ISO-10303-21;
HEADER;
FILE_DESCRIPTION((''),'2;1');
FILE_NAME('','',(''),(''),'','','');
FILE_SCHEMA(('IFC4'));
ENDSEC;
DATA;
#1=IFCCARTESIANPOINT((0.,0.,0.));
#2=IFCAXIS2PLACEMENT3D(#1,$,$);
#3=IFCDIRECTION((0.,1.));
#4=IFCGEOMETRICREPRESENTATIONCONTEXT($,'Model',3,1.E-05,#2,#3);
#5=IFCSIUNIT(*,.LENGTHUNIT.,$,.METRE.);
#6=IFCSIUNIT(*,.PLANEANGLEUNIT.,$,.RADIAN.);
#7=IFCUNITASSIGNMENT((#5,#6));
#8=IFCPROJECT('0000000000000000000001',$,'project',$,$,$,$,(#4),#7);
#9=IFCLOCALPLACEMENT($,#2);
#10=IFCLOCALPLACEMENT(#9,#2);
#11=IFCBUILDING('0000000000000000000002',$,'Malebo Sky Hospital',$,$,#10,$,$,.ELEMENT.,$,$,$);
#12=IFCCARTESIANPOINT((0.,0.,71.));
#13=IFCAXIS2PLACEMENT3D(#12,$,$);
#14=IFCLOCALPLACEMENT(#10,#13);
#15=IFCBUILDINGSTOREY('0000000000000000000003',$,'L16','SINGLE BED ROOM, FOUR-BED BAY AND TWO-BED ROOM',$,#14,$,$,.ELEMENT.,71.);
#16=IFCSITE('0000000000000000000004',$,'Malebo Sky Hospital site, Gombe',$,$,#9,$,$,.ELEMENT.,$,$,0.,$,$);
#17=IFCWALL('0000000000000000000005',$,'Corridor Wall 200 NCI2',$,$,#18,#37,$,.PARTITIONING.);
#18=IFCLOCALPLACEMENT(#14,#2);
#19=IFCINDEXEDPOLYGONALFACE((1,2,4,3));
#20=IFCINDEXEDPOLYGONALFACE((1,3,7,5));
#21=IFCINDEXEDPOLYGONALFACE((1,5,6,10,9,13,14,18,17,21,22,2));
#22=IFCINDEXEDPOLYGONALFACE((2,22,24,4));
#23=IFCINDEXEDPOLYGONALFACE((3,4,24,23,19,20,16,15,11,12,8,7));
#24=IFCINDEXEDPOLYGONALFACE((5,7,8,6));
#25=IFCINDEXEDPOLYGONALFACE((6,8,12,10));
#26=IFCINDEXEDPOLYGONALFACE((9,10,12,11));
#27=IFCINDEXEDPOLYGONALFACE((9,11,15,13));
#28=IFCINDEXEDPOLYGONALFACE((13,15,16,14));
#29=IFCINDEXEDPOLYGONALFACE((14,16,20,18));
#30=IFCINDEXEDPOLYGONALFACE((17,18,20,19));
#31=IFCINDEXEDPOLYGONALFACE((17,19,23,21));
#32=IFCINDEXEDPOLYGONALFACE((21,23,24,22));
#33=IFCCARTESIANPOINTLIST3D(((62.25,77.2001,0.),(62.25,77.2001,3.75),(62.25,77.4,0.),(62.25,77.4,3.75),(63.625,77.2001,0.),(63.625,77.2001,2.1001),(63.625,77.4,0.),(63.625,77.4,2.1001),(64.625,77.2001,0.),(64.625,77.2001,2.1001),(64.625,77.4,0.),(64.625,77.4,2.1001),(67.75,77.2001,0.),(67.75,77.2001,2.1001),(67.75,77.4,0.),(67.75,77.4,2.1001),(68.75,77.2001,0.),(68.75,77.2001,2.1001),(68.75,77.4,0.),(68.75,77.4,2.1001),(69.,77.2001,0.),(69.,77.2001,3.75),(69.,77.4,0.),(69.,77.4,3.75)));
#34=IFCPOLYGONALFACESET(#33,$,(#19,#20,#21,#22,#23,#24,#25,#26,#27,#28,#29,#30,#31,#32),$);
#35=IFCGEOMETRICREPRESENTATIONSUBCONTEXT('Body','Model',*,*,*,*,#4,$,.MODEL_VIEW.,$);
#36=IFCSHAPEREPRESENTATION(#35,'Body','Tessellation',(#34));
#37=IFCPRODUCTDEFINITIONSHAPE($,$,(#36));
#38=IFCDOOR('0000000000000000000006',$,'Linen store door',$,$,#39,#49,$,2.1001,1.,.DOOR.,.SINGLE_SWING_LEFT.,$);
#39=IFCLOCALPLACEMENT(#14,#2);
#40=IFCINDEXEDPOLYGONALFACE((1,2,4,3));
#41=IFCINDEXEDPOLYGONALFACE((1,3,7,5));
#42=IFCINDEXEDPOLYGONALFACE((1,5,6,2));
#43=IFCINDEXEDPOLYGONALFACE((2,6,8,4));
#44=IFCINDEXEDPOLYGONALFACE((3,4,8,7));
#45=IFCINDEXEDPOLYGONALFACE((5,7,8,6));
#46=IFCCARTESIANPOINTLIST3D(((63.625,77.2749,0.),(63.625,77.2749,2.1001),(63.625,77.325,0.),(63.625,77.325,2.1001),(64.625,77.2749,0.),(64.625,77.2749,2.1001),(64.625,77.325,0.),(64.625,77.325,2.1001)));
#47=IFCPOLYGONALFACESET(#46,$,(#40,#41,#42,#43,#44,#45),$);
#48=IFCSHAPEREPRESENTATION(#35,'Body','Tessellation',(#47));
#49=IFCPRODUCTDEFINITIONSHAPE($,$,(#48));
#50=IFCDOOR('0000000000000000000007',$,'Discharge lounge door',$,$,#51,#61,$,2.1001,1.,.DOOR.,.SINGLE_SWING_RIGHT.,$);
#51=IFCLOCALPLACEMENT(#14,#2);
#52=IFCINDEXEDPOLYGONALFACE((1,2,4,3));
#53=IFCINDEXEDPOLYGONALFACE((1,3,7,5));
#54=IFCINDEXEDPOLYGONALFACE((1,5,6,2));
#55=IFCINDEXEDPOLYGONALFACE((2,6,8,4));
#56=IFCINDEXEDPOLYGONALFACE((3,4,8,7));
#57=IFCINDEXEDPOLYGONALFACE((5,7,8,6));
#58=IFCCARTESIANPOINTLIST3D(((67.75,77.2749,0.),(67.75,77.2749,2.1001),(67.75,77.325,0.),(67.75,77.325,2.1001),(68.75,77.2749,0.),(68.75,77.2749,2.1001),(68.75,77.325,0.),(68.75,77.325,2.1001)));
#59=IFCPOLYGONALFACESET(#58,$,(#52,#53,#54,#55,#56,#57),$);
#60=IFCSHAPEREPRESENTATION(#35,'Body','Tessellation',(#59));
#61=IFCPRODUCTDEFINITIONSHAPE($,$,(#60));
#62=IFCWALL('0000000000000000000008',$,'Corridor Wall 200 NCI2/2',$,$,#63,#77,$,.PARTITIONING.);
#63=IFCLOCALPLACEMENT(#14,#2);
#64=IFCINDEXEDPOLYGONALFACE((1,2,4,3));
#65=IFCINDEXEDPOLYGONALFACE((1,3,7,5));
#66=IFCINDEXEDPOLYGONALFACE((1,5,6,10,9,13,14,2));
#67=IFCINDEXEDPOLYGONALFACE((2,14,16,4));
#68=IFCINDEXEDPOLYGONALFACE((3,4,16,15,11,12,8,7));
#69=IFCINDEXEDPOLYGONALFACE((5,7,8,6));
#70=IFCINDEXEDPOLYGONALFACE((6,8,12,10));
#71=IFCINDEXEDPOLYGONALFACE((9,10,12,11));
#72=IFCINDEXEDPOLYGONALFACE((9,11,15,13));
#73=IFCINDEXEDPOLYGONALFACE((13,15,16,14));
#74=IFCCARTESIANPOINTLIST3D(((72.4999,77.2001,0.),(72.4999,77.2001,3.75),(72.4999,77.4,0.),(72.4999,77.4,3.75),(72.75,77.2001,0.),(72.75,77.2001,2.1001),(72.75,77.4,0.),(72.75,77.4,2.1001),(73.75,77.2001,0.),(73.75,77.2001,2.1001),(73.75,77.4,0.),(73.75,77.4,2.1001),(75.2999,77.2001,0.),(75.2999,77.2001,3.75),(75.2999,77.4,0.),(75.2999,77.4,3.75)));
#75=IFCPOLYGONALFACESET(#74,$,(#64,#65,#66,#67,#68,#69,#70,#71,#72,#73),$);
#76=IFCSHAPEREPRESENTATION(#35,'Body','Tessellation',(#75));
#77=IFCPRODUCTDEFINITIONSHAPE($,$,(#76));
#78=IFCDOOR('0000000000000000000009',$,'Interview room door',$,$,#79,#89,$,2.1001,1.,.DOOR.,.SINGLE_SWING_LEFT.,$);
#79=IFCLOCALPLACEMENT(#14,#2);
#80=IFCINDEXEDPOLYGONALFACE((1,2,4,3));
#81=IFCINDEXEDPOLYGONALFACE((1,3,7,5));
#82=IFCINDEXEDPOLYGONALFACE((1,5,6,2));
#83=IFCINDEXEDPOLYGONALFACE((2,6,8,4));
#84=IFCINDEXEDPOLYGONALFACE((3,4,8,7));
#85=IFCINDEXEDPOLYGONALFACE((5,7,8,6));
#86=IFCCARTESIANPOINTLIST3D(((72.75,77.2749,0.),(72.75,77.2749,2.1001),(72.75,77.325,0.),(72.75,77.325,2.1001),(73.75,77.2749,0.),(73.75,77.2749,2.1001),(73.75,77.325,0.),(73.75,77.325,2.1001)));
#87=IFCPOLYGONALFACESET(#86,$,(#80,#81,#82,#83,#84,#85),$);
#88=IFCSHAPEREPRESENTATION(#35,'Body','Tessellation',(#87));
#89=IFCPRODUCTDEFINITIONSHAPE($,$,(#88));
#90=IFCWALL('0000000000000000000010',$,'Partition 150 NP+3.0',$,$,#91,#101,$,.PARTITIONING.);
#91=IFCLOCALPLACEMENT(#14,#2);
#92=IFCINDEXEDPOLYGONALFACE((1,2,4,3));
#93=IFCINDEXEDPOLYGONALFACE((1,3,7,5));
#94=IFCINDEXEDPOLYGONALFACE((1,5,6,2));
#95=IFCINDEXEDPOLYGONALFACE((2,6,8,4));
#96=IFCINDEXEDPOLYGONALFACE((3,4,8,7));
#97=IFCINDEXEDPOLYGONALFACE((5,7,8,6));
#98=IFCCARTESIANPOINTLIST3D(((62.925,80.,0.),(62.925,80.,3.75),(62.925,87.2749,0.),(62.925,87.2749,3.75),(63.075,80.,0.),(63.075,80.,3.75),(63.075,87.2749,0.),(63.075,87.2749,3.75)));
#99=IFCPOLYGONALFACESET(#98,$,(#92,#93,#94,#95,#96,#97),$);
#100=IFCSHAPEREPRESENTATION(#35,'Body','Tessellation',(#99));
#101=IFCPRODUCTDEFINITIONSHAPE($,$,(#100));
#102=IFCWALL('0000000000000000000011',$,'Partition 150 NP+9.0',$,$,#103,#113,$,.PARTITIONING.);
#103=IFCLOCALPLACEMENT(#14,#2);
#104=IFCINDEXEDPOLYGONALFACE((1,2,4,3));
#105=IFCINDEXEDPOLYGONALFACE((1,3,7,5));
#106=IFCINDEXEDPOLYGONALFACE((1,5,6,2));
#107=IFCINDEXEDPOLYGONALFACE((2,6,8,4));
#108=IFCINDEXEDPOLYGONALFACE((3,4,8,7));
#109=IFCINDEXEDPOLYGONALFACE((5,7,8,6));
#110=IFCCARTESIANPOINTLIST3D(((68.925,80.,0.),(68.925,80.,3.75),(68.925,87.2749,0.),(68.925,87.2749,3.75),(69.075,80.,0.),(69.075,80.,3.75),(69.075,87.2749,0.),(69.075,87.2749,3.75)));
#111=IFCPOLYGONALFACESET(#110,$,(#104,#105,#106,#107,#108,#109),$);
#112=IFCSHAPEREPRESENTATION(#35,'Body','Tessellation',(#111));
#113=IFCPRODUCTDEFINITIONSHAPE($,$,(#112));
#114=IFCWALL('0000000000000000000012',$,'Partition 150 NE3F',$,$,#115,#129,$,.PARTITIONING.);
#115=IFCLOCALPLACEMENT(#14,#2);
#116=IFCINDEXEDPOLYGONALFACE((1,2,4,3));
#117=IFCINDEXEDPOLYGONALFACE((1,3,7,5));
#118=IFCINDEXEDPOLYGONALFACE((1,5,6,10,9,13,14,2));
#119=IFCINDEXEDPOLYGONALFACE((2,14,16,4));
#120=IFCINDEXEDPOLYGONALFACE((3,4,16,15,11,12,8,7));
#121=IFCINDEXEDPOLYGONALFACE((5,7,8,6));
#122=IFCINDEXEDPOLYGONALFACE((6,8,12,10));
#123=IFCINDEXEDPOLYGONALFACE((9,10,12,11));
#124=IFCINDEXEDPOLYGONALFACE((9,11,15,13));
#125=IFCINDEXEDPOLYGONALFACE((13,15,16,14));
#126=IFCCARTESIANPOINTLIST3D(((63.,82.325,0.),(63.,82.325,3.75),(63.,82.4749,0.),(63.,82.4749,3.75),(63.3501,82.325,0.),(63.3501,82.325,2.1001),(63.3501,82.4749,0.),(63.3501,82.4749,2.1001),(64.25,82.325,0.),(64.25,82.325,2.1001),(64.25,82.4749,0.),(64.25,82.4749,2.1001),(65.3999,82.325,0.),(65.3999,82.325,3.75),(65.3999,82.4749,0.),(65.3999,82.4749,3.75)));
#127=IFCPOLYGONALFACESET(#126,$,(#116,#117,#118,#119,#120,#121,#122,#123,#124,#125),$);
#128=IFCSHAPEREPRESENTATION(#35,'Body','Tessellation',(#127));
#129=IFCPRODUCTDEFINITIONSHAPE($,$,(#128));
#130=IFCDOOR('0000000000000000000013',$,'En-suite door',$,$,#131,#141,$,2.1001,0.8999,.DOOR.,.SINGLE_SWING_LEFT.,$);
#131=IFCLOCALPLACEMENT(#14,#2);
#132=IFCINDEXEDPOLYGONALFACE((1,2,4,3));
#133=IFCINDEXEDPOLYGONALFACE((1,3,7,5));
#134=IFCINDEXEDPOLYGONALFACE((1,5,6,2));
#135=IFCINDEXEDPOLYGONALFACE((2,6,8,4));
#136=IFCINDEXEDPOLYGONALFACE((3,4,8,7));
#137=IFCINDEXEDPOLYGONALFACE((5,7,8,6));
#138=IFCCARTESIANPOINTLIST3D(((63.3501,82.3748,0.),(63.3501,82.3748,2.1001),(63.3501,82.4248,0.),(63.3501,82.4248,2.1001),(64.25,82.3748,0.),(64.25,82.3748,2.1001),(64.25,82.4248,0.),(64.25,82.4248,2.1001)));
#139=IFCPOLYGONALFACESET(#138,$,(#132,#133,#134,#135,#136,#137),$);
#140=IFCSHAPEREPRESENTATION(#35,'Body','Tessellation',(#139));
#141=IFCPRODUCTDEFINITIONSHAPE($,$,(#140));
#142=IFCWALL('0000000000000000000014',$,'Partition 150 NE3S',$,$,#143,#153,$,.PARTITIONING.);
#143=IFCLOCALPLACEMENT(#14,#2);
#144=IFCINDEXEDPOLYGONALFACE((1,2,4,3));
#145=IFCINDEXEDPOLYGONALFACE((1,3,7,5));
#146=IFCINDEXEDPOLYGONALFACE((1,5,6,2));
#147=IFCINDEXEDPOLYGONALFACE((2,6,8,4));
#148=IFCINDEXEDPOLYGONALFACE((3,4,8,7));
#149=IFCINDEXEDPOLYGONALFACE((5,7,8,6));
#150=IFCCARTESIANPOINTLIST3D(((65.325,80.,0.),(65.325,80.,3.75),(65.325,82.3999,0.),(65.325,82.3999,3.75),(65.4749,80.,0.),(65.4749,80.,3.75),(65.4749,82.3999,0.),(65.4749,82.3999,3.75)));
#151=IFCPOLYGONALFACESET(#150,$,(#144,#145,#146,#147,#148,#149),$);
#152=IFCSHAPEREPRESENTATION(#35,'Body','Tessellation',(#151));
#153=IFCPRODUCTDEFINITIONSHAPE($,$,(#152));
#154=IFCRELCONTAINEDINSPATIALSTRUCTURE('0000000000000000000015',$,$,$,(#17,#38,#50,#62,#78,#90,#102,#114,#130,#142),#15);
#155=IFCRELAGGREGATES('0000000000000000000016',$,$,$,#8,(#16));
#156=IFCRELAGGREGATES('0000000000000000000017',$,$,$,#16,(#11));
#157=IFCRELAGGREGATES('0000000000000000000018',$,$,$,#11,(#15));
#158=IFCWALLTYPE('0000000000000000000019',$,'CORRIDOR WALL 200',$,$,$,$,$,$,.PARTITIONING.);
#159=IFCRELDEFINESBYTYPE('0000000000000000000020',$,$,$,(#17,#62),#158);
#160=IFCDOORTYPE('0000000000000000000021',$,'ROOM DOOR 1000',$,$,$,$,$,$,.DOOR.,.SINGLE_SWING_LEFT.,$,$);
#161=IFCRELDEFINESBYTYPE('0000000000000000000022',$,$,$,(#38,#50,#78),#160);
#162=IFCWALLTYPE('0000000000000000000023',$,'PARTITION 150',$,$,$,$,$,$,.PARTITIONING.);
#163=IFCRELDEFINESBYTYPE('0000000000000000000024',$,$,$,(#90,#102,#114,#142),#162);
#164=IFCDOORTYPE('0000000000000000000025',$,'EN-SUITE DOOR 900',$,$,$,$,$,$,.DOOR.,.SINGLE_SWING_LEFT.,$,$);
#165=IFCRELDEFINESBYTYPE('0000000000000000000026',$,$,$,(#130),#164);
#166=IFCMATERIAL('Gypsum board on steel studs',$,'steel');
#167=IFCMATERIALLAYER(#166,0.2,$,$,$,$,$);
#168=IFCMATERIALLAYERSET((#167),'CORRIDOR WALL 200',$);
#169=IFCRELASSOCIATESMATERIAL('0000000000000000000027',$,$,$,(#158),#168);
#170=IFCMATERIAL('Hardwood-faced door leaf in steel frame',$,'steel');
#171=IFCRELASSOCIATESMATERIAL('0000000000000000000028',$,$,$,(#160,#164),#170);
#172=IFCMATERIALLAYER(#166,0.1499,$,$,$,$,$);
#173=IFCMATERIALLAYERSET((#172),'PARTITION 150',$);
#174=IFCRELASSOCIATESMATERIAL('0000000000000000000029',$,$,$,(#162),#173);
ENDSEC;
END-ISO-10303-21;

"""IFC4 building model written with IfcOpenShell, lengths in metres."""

from ifc_helpers import new_model, si_unit, direction, frame, frame_2d, origin, place, context, subcontext, project, spatial, rectangle, extrude, material, layer, layer_set, type_object, element, fill, save


model = new_model("IFC4")

# Units and contexts
model_context = context("Model", 3, precision=1e-05, world=origin(), true_north=direction((0.0, 1.0)))
body_context = subcontext(model_context, "Body", "Model", "MODEL_VIEW")
ifc_project = project(units=[si_unit("LENGTHUNIT", "METRE"), si_unit("PLANEANGLEUNIT", "RADIAN")], contexts=[model_context])

# Site, building, storey
site_placement = place(None, origin())
site = spatial("IfcSite", under=ifc_project, at=site_placement, Name="Malebo Sky Hospital site, Gombe", CompositionType="ELEMENT", RefElevation=0.0)
building_placement = place(site_placement, origin())
building = spatial("IfcBuilding", under=site, at=building_placement, Name="Malebo Sky Hospital", CompositionType="ELEMENT")
storey_placement = place(building_placement, frame((0.0, 0.0, 71.0)))
storey = spatial("IfcBuildingStorey", under=building, at=storey_placement, Name="L16", Description="SINGLE BED ROOM, FOUR-BED BAY AND TWO-BED ROOM", CompositionType="ELEMENT", Elevation=71.0)

# Wall, openings, doors
ifc_material_1 = material(Name="Gypsum board on steel studs", Category="steel")
ifc_layer_1 = layer(ifc_material_1, 0.2)
ifc_layer_set_1 = layer_set([ifc_layer_1], Name="CORRIDOR WALL 200")
wall_type_1 = type_object("IfcWallType", Name="CORRIDOR WALL 200", PredefinedType="PARTITIONING", material=ifc_layer_set_1)
wall_1_placement = place(storey_placement, frame((62.25, 77.3, 0.0), z_axis=(0.0, 0.0, 1.0), x_axis=(1.0, 0.0, 0.0)))
wall_1 = element("IfcWall", 1, at=wall_1_placement, inside=storey, type_object=wall_type_1, Name="Corridor Wall 200 NCI2", PredefinedType="PARTITIONING", context=body_context, shape_type="SweptSolid", body=[
    extrude(rectangle(XDim=6.75, YDim=0.2, at=frame_2d((3.375, 0.0))), origin(), (0.0, 0.0, 1.0), 3.75),
])
opening_1_placement = place(wall_1_placement, frame((1.375, 0.0, 0.0)))
opening_1 = element("IfcOpeningElement", 2, at=opening_1_placement, cuts=wall_1, PredefinedType="OPENING", context=body_context, shape_type="SweptSolid", body=[
    extrude(rectangle(XDim=1.0, YDim=2.1001, at=frame_2d((0.5, 1.05))), frame((0.0, 0.1099, 0.0), z_axis=(0.0, -1.0, 0.0), x_axis=(1.0, 0.0, 0.0)), (0.0, 0.0, 1.0), 0.22),
])
opening_2_placement = place(wall_1_placement, frame((5.5, 0.0, 0.0)))
opening_2 = element("IfcOpeningElement", 3, at=opening_2_placement, cuts=wall_1, PredefinedType="OPENING", context=body_context, shape_type="SweptSolid", body=[
    extrude(rectangle(XDim=1.0, YDim=2.1001, at=frame_2d((0.5, 1.05))), frame((0.0, 0.1099, 0.0), z_axis=(0.0, -1.0, 0.0), x_axis=(1.0, 0.0, 0.0)), (0.0, 0.0, 1.0), 0.22),
])
ifc_material_2 = material(Name="Hardwood-faced door leaf in steel frame", Category="steel")
door_type_1 = type_object("IfcDoorType", Name="ROOM DOOR 1000", OperationType="SINGLE_SWING_LEFT", PredefinedType="DOOR", material=ifc_material_2)
door_1_placement = place(opening_1_placement, origin())
door_1 = element("IfcDoor", 4, at=door_1_placement, inside=storey, type_object=door_type_1, Name="Linen store door", OperationType="SINGLE_SWING_LEFT", OverallHeight=2.1001, OverallWidth=1.0, PredefinedType="DOOR", context=body_context, shape_type="SweptSolid", body=[
    extrude(rectangle(XDim=1.0, YDim=2.1001, at=frame_2d((0.5, 1.05))), frame((0.0, 0.0249, 0.0), z_axis=(0.0, -1.0, 0.0), x_axis=(1.0, 0.0, 0.0)), (0.0, 0.0, 1.0), 0.05),
])
fill(opening_1, door_1)
door_2_placement = place(opening_2_placement, origin())
door_2 = element("IfcDoor", 5, at=door_2_placement, inside=storey, type_object=door_type_1, Name="Discharge lounge door", OperationType="SINGLE_SWING_RIGHT", OverallHeight=2.1001, OverallWidth=1.0, PredefinedType="DOOR", context=body_context, shape_type="SweptSolid", body=[
    extrude(rectangle(XDim=1.0, YDim=2.1001, at=frame_2d((0.5, 1.05))), frame((0.0, 0.0249, 0.0), z_axis=(0.0, -1.0, 0.0), x_axis=(1.0, 0.0, 0.0)), (0.0, 0.0, 1.0), 0.05),
])
fill(opening_2, door_2)

# Wall, opening, door
wall_2_placement = place(storey_placement, frame((72.5, 77.3, 0.0), z_axis=(0.0, 0.0, 1.0), x_axis=(1.0, 0.0, 0.0)))
wall_2 = element("IfcWall", 6, at=wall_2_placement, inside=storey, type_object=wall_type_1, Name="Corridor Wall 200 NCI2/2", PredefinedType="PARTITIONING", context=body_context, shape_type="SweptSolid", body=[
    extrude(rectangle(XDim=2.8, YDim=0.2, at=frame_2d((1.3999, 0.0))), origin(), (0.0, 0.0, 1.0), 3.75),
])
opening_3_placement = place(wall_2_placement, frame((0.25, 0.0, 0.0)))
opening_3 = element("IfcOpeningElement", 7, at=opening_3_placement, cuts=wall_2, PredefinedType="OPENING", context=body_context, shape_type="SweptSolid", body=[
    extrude(rectangle(XDim=1.0, YDim=2.1001, at=frame_2d((0.5, 1.05))), frame((0.0, 0.1099, 0.0), z_axis=(0.0, -1.0, 0.0), x_axis=(1.0, 0.0, 0.0)), (0.0, 0.0, 1.0), 0.22),
])
door_3_placement = place(opening_3_placement, origin())
door_3 = element("IfcDoor", 8, at=door_3_placement, inside=storey, type_object=door_type_1, Name="Interview room door", OperationType="SINGLE_SWING_LEFT", OverallHeight=2.1001, OverallWidth=1.0, PredefinedType="DOOR", context=body_context, shape_type="SweptSolid", body=[
    extrude(rectangle(XDim=1.0, YDim=2.1001, at=frame_2d((0.5, 1.05))), frame((0.0, 0.0249, 0.0), z_axis=(0.0, -1.0, 0.0), x_axis=(1.0, 0.0, 0.0)), (0.0, 0.0, 1.0), 0.05),
])
fill(opening_3, door_3)

# Walls
ifc_layer_2 = layer(ifc_material_1, 0.1499)
ifc_layer_set_2 = layer_set([ifc_layer_2], Name="PARTITION 150")
wall_type_2 = type_object("IfcWallType", Name="PARTITION 150", PredefinedType="PARTITIONING", material=ifc_layer_set_2)
for number, where, z_axis, x_axis, name in (
    (9, (63.0, 80.0, 0.0), (0.0, 0.0, 1.0), (0.0, 1.0, 0.0), "Partition 150 NP+3.0"),
    (10, (69.0, 80.0, 0.0), (0.0, 0.0, 1.0), (0.0, 1.0, 0.0), "Partition 150 NP+9.0"),
):
    element("IfcWall", number, at=place(storey_placement, frame(where, z_axis=z_axis, x_axis=x_axis)), inside=storey, type_object=wall_type_2, Name=name, PredefinedType="PARTITIONING", context=body_context, shape_type="SweptSolid", body=[
        extrude(rectangle(XDim=7.2749, YDim=0.1499, at=frame_2d((3.6375, 0.0))), origin(), (0.0, 0.0, 1.0), 3.75),
    ])

# Wall, opening, door
wall_3_placement = place(storey_placement, frame((63.0, 82.3999, 0.0), z_axis=(0.0, 0.0, 1.0), x_axis=(1.0, 0.0, 0.0)))
wall_3 = element("IfcWall", 11, at=wall_3_placement, inside=storey, type_object=wall_type_2, Name="Partition 150 NE3F", PredefinedType="PARTITIONING", context=body_context, shape_type="SweptSolid", body=[
    extrude(rectangle(XDim=2.3999, YDim=0.1499, at=frame_2d((1.2, 0.0))), origin(), (0.0, 0.0, 1.0), 3.75),
])
opening_4_placement = place(wall_3_placement, frame((0.3501, 0.0, 0.0)))
opening_4 = element("IfcOpeningElement", 12, at=opening_4_placement, cuts=wall_3, PredefinedType="OPENING", context=body_context, shape_type="SweptSolid", body=[
    extrude(rectangle(XDim=0.8999, YDim=2.1001, at=frame_2d((0.45, 1.05))), frame((0.0, 0.085, 0.0), z_axis=(0.0, -1.0, 0.0), x_axis=(1.0, 0.0, 0.0)), (0.0, 0.0, 1.0), 0.1699),
])
door_type_2 = type_object("IfcDoorType", Name="EN-SUITE DOOR 900", OperationType="SINGLE_SWING_LEFT", PredefinedType="DOOR", material=ifc_material_2)
door_4_placement = place(opening_4_placement, origin())
door_4 = element("IfcDoor", 13, at=door_4_placement, inside=storey, type_object=door_type_2, Name="En-suite door", OperationType="SINGLE_SWING_LEFT", OverallHeight=2.1001, OverallWidth=0.8999, PredefinedType="DOOR", context=body_context, shape_type="SweptSolid", body=[
    extrude(rectangle(XDim=0.8999, YDim=2.1001, at=frame_2d((0.45, 1.05))), frame((0.0, 0.0249, 0.0), z_axis=(0.0, -1.0, 0.0), x_axis=(1.0, 0.0, 0.0)), (0.0, 0.0, 1.0), 0.05),
])
fill(opening_4, door_4)

# Wall
wall_4_placement = place(storey_placement, frame((65.3999, 80.0, 0.0), z_axis=(0.0, 0.0, 1.0), x_axis=(0.0, 1.0, 0.0)))
element("IfcWall", 14, at=wall_4_placement, inside=storey, type_object=wall_type_2, Name="Partition 150 NE3S", PredefinedType="PARTITIONING", context=body_context, shape_type="SweptSolid", body=[
    extrude(rectangle(XDim=2.3999, YDim=0.1499, at=frame_2d((1.2, 0.0))), origin(), (0.0, 0.0, 1.0), 3.75),
])

save(model, "model.ifc")
